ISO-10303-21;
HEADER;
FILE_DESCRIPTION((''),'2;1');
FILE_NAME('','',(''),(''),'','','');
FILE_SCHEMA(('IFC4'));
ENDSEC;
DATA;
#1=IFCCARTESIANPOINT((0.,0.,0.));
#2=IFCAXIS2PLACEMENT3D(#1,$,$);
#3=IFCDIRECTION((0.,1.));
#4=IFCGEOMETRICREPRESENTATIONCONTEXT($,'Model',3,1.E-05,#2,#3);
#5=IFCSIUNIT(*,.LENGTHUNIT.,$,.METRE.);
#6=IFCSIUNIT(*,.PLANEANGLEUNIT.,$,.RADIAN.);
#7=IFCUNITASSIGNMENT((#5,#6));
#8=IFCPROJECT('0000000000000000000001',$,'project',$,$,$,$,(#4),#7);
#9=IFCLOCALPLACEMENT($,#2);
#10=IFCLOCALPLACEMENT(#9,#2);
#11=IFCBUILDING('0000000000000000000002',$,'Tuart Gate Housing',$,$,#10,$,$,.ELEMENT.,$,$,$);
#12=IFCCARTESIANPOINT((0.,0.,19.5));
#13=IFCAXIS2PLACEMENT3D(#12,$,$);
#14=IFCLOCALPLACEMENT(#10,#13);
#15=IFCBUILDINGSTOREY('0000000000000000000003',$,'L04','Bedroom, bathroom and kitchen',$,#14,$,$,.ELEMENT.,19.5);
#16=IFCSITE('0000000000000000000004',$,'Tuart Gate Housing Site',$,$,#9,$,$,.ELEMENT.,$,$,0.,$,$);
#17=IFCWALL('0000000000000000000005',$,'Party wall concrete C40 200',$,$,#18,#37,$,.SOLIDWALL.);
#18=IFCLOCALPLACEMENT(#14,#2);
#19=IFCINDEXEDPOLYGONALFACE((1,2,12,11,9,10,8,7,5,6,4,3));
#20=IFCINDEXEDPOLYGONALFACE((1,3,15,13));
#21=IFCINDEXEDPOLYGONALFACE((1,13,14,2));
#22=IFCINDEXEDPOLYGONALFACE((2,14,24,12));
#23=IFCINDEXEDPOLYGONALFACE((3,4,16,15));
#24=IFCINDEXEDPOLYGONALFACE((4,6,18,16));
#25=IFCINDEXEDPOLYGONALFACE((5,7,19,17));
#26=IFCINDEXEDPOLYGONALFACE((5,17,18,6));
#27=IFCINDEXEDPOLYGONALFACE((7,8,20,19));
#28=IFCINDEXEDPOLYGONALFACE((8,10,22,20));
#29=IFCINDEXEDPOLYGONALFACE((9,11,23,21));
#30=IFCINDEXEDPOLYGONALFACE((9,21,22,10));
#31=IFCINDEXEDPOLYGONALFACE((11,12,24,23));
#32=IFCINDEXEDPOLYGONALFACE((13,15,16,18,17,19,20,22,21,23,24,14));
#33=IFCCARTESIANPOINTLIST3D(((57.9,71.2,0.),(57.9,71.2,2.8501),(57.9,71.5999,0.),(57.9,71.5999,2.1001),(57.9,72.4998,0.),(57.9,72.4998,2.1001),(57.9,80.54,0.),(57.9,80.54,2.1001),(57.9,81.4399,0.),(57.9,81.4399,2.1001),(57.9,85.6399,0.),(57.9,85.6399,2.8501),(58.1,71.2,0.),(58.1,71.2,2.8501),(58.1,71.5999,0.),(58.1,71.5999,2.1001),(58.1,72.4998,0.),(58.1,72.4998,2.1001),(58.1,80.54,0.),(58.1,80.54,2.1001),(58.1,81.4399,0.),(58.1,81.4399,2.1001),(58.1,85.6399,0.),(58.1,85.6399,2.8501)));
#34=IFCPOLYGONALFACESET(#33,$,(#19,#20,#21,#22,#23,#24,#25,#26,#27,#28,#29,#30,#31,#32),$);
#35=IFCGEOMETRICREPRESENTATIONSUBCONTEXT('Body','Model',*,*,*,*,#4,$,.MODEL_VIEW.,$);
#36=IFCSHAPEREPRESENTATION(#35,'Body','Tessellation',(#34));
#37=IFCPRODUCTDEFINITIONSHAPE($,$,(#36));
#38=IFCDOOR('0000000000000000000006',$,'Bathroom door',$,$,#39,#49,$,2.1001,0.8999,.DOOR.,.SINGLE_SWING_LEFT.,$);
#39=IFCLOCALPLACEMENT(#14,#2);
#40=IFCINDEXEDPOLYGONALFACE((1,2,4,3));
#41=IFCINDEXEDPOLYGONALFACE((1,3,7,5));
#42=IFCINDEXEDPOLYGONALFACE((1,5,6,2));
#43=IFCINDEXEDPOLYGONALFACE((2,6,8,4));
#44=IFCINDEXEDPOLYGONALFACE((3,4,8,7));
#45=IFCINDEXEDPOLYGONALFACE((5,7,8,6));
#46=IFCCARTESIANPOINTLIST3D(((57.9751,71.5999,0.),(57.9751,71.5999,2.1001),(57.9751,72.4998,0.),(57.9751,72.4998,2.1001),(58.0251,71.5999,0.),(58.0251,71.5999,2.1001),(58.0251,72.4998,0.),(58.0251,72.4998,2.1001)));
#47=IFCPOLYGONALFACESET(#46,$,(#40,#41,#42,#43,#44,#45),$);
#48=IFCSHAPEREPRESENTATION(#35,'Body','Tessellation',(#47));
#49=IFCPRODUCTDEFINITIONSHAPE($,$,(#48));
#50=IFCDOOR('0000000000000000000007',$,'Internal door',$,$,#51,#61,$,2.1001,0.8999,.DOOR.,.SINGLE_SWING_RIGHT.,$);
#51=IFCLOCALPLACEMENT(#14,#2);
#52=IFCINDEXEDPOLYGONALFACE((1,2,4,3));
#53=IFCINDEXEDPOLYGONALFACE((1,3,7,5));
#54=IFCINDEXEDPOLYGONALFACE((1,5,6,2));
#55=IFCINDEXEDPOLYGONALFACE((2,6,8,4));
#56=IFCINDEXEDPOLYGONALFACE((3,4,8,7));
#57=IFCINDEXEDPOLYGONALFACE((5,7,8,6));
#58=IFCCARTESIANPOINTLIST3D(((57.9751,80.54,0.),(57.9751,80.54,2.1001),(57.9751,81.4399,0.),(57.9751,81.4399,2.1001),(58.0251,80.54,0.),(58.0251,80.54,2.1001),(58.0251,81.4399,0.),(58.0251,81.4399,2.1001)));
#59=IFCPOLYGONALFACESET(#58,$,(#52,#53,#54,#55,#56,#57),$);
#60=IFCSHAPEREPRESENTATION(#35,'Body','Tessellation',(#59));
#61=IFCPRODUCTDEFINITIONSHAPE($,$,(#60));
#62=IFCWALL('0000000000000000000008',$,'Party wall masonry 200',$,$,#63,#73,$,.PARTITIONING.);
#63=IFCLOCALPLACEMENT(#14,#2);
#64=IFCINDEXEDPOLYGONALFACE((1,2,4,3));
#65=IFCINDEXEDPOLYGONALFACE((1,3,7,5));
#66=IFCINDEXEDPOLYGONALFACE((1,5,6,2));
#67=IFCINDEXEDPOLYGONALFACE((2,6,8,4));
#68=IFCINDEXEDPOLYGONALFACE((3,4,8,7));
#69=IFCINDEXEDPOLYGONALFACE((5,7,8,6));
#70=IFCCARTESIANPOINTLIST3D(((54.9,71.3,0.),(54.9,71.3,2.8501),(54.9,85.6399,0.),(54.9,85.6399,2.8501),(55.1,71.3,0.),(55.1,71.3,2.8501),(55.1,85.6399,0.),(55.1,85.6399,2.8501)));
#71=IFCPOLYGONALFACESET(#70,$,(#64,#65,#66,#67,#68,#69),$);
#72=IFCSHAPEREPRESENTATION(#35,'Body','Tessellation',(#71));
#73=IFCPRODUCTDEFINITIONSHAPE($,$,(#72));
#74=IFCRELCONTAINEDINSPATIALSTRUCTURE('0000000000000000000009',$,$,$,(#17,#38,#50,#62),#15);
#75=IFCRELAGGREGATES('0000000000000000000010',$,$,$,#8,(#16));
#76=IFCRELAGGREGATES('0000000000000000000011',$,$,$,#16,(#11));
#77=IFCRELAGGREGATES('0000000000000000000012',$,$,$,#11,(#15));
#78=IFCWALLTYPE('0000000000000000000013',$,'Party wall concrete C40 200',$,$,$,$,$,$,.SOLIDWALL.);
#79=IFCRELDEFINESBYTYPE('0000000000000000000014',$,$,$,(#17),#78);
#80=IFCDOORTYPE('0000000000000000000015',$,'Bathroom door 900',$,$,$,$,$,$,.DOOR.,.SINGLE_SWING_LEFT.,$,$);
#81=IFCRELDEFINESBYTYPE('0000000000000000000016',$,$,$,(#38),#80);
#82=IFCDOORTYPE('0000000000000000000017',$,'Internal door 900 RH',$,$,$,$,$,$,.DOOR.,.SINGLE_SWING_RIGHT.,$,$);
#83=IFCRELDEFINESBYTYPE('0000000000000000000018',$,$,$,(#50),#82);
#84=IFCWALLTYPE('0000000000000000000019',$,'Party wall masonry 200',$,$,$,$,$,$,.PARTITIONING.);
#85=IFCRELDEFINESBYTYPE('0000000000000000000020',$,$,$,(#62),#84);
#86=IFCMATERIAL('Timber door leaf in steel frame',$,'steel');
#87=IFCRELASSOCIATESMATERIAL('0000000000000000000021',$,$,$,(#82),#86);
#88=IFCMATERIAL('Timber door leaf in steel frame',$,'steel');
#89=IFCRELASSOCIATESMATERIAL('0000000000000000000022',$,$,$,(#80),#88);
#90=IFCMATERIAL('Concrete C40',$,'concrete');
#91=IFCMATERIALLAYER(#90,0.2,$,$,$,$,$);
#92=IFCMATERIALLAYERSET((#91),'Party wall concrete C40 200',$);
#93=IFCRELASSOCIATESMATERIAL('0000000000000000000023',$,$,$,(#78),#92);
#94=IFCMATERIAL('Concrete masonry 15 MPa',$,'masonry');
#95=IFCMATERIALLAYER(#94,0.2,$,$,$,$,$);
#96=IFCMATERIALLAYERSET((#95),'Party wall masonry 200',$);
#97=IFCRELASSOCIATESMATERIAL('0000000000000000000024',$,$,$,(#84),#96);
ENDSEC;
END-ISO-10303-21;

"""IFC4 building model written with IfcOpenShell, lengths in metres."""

from ifc_helpers import new_model, si_unit, direction, frame, frame_2d, origin, place, context, subcontext, project, spatial, rectangle, extrude, material, layer, layer_set, type_object, element, fill, save


model = new_model("IFC4")

# Units and contexts
model_context = context("Model", 3, precision=1e-05, world=origin(), true_north=direction((0.0, 1.0)))
body_context = subcontext(model_context, "Body", "Model", "MODEL_VIEW")
ifc_project = project(units=[si_unit("LENGTHUNIT", "METRE"), si_unit("PLANEANGLEUNIT", "RADIAN")], contexts=[model_context])

# Site, building, storey
site_placement = place(None, origin())
site = spatial("IfcSite", under=ifc_project, at=site_placement, Name="Tuart Gate Housing Site", CompositionType="ELEMENT", RefElevation=0.0)
building_placement = place(site_placement, origin())
building = spatial("IfcBuilding", under=site, at=building_placement, Name="Tuart Gate Housing", CompositionType="ELEMENT")
storey_placement = place(building_placement, frame((0.0, 0.0, 19.5)))
storey = spatial("IfcBuildingStorey", under=building, at=storey_placement, Name="L04", Description="Bedroom, bathroom and kitchen", CompositionType="ELEMENT", Elevation=19.5)

# Shared definitions
ifc_material_1 = material(Name="Timber door leaf in steel frame", Category="steel")
door_type_1 = type_object("IfcDoorType", Name="Internal door 900 RH", OperationType="SINGLE_SWING_RIGHT", PredefinedType="DOOR", material=ifc_material_1)

# Shared definitions
ifc_material_2 = material(Name="Timber door leaf in steel frame", Category="steel")
door_type_2 = type_object("IfcDoorType", Name="Bathroom door 900", OperationType="SINGLE_SWING_LEFT", PredefinedType="DOOR", material=ifc_material_2)

# Shared definitions
ifc_material_3 = material(Name="Concrete C40", Category="concrete")
ifc_layer_1 = layer(ifc_material_3, 0.2)
ifc_layer_set_1 = layer_set([ifc_layer_1], Name="Party wall concrete C40 200")
wall_type_1 = type_object("IfcWallType", Name="Party wall concrete C40 200", PredefinedType="SOLIDWALL", material=ifc_layer_set_1)

# Wall, openings, doors
wall_1_placement = place(storey_placement, frame((58.0, 71.2, 0.0), z_axis=(0.0, 0.0, 1.0), x_axis=(0.0, 1.0, 0.0)))
wall_1 = element("IfcWall", 1, at=wall_1_placement, inside=storey, type_object=wall_type_1, Name="Party wall concrete C40 200", PredefinedType="SOLIDWALL", context=body_context, shape_type="SweptSolid", body=[
    extrude(rectangle(XDim=14.4399, YDim=0.2, at=frame_2d((7.22, 0.0))), origin(), (0.0, 0.0, 1.0), 2.8501),
])
opening_1_placement = place(wall_1_placement, frame((9.3401, 0.0, 0.0)))
opening_1 = element("IfcOpeningElement", 2, at=opening_1_placement, cuts=wall_1, PredefinedType="OPENING", context=body_context, shape_type="SweptSolid", body=[
    extrude(rectangle(XDim=0.8999, YDim=2.1001, at=frame_2d((0.45, 1.05))), frame((0.0, 0.1099, 0.0), z_axis=(0.0, -1.0, 0.0), x_axis=(1.0, 0.0, 0.0)), (0.0, 0.0, 1.0), 0.22),
])
opening_2_placement = place(wall_1_placement, frame((0.3999, 0.0, 0.0)))
opening_2 = element("IfcOpeningElement", 3, at=opening_2_placement, cuts=wall_1, PredefinedType="OPENING", context=body_context, shape_type="SweptSolid", body=[
    extrude(rectangle(XDim=0.8999, YDim=2.1001, at=frame_2d((0.45, 1.05))), frame((0.0, 0.1099, 0.0), z_axis=(0.0, -1.0, 0.0), x_axis=(1.0, 0.0, 0.0)), (0.0, 0.0, 1.0), 0.22),
])
door_1_placement = place(opening_2_placement, origin())
door_1 = element("IfcDoor", 4, at=door_1_placement, inside=storey, type_object=door_type_2, Name="Bathroom door", OperationType="SINGLE_SWING_LEFT", OverallHeight=2.1001, OverallWidth=0.8999, PredefinedType="DOOR", context=body_context, shape_type="SweptSolid", body=[
    extrude(rectangle(XDim=0.8999, YDim=2.1001, at=frame_2d((0.45, 1.05))), frame((0.0, 0.0249, 0.0), z_axis=(0.0, -1.0, 0.0), x_axis=(1.0, 0.0, 0.0)), (0.0, 0.0, 1.0), 0.05),
])
fill(opening_2, door_1)
door_2_placement = place(opening_1_placement, origin())
door_2 = element("IfcDoor", 5, at=door_2_placement, inside=storey, type_object=door_type_1, Name="Internal door", OperationType="SINGLE_SWING_RIGHT", OverallHeight=2.1001, OverallWidth=0.8999, PredefinedType="DOOR", context=body_context, shape_type="SweptSolid", body=[
    extrude(rectangle(XDim=0.8999, YDim=2.1001, at=frame_2d((0.45, 1.05))), frame((0.0, 0.0249, 0.0), z_axis=(0.0, -1.0, 0.0), x_axis=(1.0, 0.0, 0.0)), (0.0, 0.0, 1.0), 0.05),
])
fill(opening_1, door_2)

# Wall
ifc_material_4 = material(Name="Concrete masonry 15 MPa", Category="masonry")
ifc_layer_2 = layer(ifc_material_4, 0.2)
ifc_layer_set_2 = layer_set([ifc_layer_2], Name="Party wall masonry 200")
wall_type_2 = type_object("IfcWallType", Name="Party wall masonry 200", PredefinedType="PARTITIONING", material=ifc_layer_set_2)
wall_2_placement = place(storey_placement, frame((55.0, 71.3, 0.0), z_axis=(0.0, 0.0, 1.0), x_axis=(0.0, 1.0, 0.0)))
element("IfcWall", 6, at=wall_2_placement, inside=storey, type_object=wall_type_2, Name="Party wall masonry 200", PredefinedType="PARTITIONING", context=body_context, shape_type="SweptSolid", body=[
    extrude(rectangle(XDim=14.3398, YDim=0.2, at=frame_2d((7.1699, 0.0))), origin(), (0.0, 0.0, 1.0), 2.8501),
])

save(model, "model.ifc")
